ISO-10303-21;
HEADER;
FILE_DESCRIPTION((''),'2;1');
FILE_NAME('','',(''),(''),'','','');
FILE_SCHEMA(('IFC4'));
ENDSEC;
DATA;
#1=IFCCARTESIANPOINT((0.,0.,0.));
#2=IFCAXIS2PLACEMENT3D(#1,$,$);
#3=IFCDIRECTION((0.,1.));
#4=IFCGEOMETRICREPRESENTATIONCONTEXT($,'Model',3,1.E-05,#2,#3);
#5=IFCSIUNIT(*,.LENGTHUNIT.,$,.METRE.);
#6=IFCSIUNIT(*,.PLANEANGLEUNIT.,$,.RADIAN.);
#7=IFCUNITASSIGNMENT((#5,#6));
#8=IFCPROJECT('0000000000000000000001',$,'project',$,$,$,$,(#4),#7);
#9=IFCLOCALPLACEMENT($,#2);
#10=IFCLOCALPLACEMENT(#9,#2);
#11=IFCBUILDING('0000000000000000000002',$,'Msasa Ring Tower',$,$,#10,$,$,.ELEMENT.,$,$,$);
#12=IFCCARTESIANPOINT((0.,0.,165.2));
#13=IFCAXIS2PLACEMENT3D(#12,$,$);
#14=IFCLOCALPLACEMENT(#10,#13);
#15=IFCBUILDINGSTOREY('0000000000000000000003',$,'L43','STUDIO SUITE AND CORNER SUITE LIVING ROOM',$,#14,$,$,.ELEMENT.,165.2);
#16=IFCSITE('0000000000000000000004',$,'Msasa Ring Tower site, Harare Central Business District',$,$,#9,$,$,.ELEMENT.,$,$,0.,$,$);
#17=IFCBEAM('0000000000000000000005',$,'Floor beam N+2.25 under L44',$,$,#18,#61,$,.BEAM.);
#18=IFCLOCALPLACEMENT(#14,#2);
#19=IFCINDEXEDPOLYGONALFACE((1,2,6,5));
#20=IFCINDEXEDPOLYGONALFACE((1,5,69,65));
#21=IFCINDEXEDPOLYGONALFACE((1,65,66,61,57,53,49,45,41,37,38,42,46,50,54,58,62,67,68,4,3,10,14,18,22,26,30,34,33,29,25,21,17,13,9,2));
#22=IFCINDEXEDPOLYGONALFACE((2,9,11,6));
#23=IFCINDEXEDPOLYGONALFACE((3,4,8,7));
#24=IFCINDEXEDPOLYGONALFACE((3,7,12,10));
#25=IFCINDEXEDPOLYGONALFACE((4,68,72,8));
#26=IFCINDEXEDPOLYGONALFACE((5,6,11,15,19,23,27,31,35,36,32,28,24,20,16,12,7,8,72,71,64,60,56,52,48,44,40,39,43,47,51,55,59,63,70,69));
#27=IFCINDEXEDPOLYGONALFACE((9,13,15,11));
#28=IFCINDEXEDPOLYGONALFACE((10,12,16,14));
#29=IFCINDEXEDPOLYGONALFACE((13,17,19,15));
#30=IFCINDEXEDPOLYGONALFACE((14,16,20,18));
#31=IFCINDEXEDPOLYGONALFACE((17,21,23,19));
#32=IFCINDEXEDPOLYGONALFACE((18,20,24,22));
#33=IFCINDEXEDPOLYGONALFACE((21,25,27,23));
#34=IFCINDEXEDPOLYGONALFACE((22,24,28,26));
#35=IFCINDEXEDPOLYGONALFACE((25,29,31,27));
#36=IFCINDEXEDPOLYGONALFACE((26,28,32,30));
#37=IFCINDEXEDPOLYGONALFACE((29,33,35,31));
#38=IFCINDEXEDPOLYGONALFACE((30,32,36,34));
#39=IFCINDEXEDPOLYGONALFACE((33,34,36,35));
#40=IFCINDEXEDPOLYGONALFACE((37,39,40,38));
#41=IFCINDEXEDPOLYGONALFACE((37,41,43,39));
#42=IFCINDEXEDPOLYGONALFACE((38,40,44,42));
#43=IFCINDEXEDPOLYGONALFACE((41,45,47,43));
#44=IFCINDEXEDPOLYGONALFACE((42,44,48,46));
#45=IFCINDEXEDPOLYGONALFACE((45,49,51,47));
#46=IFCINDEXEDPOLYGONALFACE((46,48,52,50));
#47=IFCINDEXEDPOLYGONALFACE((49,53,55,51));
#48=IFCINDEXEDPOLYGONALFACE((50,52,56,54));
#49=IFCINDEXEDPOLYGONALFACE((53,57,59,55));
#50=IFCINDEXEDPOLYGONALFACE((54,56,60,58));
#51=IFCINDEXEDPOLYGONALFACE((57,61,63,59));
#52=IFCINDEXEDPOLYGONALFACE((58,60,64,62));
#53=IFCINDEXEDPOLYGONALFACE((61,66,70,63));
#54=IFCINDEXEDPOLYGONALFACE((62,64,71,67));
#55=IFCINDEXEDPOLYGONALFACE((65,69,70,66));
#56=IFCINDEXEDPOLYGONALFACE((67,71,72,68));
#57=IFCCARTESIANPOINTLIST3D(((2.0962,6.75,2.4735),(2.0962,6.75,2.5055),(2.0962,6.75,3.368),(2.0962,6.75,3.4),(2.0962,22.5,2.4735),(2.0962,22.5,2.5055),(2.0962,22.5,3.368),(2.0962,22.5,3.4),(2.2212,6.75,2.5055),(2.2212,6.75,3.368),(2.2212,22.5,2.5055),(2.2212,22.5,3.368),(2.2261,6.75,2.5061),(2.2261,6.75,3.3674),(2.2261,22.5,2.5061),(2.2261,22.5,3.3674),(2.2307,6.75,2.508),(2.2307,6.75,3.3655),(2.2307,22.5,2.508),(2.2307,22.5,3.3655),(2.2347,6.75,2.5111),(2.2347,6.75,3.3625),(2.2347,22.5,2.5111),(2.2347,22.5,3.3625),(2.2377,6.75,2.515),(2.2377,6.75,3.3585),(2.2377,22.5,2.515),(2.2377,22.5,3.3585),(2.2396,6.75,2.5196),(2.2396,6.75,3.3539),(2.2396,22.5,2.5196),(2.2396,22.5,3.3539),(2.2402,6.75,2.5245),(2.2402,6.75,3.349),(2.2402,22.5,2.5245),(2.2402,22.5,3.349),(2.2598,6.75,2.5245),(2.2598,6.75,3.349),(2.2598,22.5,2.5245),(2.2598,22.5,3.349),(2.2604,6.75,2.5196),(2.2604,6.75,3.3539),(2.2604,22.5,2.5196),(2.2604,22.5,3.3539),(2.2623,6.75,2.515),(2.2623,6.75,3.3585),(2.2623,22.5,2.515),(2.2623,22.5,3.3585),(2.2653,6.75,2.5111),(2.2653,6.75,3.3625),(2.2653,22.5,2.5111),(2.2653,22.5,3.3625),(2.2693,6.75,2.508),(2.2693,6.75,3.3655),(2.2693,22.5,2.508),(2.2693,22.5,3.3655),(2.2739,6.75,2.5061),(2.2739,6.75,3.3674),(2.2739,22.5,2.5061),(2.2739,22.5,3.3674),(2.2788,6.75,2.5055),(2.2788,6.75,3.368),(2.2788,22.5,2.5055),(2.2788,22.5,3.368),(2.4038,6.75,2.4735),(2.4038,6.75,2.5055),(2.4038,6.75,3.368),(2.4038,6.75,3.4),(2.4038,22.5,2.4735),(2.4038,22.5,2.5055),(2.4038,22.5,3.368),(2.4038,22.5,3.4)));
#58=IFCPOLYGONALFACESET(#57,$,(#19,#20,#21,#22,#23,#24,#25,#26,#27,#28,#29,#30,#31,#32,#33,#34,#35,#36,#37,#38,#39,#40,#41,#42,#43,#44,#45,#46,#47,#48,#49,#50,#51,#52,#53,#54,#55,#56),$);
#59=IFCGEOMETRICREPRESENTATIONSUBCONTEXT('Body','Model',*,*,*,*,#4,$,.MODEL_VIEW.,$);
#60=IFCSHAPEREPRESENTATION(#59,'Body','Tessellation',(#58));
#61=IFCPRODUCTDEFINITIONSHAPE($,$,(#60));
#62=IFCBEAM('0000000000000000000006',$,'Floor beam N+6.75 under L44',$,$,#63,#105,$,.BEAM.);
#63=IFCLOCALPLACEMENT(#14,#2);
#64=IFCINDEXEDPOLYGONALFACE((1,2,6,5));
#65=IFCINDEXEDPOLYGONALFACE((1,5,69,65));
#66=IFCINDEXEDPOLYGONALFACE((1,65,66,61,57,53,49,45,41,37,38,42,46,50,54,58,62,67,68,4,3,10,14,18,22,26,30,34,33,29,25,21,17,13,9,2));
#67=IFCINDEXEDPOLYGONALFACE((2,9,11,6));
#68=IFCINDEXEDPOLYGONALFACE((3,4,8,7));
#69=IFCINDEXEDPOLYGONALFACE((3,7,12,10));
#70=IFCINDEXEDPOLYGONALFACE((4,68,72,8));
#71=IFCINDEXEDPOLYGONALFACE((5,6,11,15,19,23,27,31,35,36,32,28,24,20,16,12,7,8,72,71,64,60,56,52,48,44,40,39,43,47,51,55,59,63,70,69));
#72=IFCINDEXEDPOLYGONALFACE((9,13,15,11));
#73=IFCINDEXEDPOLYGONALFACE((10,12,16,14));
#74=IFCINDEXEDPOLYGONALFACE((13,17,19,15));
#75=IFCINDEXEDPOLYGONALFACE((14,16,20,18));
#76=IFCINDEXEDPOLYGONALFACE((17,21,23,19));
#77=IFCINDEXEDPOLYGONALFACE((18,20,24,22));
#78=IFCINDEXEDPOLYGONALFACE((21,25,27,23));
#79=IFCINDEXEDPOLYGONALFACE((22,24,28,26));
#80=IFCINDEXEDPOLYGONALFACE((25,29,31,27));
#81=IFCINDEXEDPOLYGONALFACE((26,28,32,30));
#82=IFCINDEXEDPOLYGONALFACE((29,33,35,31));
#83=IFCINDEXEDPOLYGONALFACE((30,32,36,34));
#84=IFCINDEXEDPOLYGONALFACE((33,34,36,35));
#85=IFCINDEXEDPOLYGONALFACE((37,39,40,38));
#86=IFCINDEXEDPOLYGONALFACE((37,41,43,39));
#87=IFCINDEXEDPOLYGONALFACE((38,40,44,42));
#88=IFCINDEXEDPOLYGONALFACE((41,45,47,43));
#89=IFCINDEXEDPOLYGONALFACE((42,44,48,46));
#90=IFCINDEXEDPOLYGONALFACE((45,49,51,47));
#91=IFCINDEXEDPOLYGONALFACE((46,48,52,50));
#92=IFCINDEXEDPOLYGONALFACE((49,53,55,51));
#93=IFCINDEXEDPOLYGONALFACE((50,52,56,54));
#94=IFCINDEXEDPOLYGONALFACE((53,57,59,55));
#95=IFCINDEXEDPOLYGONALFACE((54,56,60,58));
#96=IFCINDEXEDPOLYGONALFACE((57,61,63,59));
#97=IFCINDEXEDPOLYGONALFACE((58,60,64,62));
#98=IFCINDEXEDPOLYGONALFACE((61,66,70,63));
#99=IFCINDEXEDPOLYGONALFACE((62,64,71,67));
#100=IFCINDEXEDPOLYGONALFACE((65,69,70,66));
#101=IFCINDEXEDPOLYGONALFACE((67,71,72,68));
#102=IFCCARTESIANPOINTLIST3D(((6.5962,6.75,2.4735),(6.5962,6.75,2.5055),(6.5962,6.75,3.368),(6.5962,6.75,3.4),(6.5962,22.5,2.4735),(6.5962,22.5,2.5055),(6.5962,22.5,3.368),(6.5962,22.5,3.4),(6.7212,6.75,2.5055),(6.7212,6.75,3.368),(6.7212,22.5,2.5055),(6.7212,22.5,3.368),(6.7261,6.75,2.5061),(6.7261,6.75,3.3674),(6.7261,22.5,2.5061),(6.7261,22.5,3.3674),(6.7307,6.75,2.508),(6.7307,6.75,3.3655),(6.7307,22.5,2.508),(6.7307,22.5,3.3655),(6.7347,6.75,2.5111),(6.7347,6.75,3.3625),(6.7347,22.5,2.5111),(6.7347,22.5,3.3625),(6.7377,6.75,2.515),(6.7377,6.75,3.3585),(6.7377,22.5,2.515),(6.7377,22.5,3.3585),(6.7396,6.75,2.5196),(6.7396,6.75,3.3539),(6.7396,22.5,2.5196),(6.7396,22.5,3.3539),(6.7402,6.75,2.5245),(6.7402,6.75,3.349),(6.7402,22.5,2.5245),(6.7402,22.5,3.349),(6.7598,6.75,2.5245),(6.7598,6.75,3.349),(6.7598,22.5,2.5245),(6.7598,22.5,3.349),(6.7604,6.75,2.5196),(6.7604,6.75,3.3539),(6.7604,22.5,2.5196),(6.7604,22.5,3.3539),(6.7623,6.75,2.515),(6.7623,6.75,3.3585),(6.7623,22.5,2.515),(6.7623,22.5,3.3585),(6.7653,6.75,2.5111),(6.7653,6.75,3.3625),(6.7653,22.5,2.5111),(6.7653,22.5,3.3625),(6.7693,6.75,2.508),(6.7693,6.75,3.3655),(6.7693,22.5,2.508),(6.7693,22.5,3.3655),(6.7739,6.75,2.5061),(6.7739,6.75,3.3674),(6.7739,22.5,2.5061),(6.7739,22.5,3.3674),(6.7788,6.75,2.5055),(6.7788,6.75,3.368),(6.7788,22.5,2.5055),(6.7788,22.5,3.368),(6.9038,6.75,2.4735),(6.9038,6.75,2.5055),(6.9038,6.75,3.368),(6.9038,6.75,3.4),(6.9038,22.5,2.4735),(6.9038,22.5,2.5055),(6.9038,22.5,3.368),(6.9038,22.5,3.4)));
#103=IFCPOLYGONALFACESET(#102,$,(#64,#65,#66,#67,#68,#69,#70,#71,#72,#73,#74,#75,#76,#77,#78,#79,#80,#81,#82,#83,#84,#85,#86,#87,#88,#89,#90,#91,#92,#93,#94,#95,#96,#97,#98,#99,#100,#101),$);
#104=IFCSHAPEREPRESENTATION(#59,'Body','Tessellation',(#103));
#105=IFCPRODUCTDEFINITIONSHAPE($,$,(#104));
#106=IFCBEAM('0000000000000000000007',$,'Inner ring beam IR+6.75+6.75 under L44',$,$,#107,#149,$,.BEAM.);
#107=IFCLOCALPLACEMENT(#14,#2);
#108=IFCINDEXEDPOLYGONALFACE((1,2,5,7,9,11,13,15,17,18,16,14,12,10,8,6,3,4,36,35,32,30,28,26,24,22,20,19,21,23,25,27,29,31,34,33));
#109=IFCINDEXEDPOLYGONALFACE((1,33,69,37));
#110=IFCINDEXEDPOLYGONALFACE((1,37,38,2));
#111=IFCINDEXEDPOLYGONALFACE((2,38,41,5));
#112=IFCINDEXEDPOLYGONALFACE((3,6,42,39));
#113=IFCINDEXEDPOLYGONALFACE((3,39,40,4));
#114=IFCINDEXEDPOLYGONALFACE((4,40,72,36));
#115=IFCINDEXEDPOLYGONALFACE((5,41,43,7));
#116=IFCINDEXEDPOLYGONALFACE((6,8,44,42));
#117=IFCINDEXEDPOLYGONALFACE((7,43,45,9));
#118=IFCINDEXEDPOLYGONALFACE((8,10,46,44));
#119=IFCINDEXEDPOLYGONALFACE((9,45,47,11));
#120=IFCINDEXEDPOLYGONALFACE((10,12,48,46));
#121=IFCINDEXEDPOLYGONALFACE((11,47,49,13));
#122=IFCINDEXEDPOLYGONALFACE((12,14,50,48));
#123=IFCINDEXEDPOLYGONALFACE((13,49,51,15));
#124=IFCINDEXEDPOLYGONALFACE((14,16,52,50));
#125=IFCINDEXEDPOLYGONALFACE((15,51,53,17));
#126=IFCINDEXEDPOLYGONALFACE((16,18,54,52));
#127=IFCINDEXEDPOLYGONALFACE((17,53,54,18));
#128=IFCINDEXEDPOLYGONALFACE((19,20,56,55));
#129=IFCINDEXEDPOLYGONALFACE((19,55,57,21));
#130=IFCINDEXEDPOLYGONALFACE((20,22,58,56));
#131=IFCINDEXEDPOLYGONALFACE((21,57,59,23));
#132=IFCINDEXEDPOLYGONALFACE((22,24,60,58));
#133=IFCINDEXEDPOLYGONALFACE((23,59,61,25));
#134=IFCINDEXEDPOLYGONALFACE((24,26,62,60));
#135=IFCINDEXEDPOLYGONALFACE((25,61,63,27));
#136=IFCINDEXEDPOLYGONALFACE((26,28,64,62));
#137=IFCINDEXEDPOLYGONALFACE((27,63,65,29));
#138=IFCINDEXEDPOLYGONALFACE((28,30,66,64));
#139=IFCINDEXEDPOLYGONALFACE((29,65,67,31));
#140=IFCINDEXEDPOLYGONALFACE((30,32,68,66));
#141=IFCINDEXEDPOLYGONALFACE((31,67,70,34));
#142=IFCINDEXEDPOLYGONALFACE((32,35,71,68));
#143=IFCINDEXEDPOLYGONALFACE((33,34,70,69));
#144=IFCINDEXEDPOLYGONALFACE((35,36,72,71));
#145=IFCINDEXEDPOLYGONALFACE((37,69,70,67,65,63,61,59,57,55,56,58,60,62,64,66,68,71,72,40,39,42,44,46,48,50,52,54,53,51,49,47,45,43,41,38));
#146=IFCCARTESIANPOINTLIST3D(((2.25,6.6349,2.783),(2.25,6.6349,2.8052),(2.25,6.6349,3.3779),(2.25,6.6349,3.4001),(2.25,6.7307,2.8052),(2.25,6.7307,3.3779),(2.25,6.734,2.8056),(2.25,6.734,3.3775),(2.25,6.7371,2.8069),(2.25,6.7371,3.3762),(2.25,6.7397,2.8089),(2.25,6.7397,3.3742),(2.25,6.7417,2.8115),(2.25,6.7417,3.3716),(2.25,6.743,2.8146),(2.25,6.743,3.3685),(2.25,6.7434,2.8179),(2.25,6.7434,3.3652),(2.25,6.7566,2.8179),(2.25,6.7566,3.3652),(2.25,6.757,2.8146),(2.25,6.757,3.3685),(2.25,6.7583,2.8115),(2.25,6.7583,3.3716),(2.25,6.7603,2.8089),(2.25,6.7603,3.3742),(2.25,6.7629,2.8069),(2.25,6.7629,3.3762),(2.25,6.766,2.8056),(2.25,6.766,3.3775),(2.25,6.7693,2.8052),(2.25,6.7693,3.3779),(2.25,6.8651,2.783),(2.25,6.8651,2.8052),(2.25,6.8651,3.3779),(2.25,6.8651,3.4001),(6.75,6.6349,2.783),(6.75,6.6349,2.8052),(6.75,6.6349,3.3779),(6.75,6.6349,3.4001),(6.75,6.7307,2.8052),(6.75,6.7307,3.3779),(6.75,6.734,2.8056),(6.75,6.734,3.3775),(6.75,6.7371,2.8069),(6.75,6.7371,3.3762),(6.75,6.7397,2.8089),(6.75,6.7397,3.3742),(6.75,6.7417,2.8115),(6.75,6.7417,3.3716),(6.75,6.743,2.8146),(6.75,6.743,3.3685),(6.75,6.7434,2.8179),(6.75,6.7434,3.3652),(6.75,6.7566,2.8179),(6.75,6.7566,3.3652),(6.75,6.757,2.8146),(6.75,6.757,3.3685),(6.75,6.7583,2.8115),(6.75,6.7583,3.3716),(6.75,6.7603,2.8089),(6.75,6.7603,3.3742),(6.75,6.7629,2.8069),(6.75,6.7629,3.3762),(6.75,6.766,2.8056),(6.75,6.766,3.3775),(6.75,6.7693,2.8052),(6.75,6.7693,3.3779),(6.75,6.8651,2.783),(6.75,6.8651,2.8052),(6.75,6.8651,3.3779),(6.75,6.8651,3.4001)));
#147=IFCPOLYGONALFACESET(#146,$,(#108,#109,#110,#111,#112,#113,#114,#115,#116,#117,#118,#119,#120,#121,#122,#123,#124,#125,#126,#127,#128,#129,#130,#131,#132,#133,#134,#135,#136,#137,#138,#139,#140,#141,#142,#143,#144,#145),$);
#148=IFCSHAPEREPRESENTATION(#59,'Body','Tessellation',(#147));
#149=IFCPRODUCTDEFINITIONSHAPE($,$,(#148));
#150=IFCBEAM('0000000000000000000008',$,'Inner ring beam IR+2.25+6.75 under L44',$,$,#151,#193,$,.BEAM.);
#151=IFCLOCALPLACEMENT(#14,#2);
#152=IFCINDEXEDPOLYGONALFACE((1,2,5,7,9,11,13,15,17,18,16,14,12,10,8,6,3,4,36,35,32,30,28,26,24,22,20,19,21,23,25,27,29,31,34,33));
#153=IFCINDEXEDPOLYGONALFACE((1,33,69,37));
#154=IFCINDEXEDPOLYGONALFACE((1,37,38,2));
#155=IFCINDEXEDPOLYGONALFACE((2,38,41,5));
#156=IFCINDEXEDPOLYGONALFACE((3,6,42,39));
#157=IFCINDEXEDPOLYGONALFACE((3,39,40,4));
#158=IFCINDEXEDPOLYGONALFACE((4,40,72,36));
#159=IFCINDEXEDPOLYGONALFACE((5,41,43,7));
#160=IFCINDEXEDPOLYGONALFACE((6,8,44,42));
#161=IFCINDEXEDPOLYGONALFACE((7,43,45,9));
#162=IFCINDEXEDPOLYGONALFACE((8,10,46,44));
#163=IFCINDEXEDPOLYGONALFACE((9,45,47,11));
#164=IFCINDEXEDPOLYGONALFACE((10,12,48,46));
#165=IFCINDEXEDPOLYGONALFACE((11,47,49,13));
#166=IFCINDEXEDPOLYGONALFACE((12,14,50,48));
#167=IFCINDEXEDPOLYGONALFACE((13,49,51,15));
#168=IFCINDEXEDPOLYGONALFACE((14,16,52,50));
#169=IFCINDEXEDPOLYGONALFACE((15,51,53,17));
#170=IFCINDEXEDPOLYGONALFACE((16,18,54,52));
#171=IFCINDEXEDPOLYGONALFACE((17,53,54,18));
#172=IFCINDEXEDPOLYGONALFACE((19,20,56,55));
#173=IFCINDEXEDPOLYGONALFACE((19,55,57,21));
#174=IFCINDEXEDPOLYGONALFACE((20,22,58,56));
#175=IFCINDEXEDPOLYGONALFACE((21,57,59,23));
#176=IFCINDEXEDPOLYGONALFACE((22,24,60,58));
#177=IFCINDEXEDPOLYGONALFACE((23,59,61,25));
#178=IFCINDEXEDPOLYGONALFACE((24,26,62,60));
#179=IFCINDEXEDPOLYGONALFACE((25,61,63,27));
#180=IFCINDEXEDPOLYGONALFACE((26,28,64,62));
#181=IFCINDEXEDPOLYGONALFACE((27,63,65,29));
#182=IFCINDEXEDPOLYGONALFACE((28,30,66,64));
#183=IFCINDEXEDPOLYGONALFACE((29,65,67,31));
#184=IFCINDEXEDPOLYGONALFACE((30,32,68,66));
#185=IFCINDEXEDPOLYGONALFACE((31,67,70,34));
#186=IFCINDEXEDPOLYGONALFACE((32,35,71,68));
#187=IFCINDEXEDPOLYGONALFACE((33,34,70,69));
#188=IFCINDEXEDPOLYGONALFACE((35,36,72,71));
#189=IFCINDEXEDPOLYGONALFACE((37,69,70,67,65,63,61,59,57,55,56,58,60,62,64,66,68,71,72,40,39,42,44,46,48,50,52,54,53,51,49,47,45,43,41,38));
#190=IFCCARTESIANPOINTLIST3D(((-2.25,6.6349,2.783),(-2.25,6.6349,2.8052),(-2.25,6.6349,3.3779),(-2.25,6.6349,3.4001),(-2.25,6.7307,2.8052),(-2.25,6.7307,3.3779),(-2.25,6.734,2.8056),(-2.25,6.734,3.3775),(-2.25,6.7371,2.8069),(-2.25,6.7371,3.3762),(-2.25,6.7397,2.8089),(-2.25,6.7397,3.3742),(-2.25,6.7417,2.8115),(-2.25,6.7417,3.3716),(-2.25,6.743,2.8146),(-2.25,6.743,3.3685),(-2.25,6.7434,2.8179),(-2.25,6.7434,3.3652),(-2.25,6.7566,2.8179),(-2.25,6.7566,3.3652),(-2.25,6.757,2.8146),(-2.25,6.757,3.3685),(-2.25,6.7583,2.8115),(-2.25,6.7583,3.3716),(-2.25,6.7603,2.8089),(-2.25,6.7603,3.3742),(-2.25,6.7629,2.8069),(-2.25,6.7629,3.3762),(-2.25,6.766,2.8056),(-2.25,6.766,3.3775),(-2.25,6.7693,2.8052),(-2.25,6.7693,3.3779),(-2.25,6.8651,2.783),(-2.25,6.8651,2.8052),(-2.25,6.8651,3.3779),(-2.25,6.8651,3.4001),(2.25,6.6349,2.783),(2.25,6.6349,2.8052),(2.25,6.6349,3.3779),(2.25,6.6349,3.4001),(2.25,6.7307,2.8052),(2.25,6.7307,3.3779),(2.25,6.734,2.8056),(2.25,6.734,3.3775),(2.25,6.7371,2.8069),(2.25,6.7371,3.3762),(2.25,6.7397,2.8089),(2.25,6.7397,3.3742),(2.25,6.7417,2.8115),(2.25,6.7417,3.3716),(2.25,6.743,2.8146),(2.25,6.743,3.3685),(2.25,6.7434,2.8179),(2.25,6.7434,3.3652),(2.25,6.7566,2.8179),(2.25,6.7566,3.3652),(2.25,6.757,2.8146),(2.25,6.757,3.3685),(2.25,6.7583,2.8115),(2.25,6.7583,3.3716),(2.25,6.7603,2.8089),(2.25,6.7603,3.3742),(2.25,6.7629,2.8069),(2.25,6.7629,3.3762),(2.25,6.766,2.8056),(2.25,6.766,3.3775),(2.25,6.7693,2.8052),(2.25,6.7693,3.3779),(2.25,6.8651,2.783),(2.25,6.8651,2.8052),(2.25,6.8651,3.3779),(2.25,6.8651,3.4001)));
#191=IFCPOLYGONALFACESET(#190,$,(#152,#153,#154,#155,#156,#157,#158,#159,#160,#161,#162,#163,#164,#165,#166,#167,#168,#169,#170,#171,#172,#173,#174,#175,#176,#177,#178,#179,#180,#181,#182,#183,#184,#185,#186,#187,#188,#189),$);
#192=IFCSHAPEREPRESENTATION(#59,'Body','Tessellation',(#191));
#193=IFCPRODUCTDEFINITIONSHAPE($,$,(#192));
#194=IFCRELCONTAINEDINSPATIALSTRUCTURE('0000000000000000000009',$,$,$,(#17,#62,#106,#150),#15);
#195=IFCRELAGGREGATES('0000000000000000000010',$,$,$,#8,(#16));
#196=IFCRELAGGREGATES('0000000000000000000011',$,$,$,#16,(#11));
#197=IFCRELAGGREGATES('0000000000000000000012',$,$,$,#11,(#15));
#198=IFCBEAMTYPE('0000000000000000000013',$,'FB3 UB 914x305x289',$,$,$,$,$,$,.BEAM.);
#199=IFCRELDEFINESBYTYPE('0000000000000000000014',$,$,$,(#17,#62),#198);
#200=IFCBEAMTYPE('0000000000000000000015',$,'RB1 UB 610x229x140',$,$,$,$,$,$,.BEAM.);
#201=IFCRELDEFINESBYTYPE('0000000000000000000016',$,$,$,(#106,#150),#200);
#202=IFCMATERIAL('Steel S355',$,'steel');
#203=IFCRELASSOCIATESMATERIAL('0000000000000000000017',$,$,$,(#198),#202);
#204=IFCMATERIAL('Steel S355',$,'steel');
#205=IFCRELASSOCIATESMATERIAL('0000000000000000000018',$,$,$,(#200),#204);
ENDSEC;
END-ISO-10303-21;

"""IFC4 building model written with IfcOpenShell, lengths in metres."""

from ifc_helpers import new_model, si_unit, direction, frame, origin, origin_2d, place, context, subcontext, project, spatial, i_section, extrude, material, material_profile, profile_set, type_object, element, save


model = new_model("IFC4")

# Units and contexts
model_context = context("Model", 3, precision=1e-05, world=origin(), true_north=direction((0.0, 1.0)))
body_context = subcontext(model_context, "Body", "Model", "MODEL_VIEW")
ifc_project = project(units=[si_unit("LENGTHUNIT", "METRE"), si_unit("PLANEANGLEUNIT", "RADIAN")], contexts=[model_context])

# Site, building, storey
site_placement = place(None, origin())
site = spatial("IfcSite", under=ifc_project, at=site_placement, Name="Msasa Ring Tower site, Harare Central Business District", CompositionType="ELEMENT", RefElevation=0.0)
building_placement = place(site_placement, origin())
building = spatial("IfcBuilding", under=site, at=building_placement, Name="Msasa Ring Tower", CompositionType="ELEMENT")
storey_placement = place(building_placement, frame((0.0, 0.0, 165.2)))
storey = spatial("IfcBuildingStorey", under=building, at=storey_placement, Name="L43", Description="STUDIO SUITE AND CORNER SUITE LIVING ROOM", CompositionType="ELEMENT", Elevation=165.2)

# Beams
ifc_material_1 = material(Name="Steel S355", Category="steel")
ifc_material_profile_1 = material_profile(ifc_material_1, i_section(OverallWidth=0.3076, OverallDepth=0.9265, WebThickness=0.0195, FlangeThickness=0.032, FilletRadius=0.019, at=origin_2d()), Name="UB 914x305x289")
ifc_profile_set_1 = profile_set([ifc_material_profile_1], Name="Steel S355")
beam_type_1 = type_object("IfcBeamType", Name="FB3 UB 914x305x289", PredefinedType="BEAM", material=ifc_profile_set_1)
for number, where, z_axis, x_axis, name in (
    (1, (2.25, 22.5, 2.9368), (0.0, -1.0, 0.0), (1.0, 0.0, 0.0), "Floor beam N+2.25 under L44"),
    (2, (6.75, 22.5, 2.9368), (0.0, -1.0, 0.0), (1.0, 0.0, 0.0), "Floor beam N+6.75 under L44"),
):
    element("IfcBeam", number, at=place(storey_placement, frame(where, z_axis=z_axis, x_axis=x_axis)), inside=storey, type_object=beam_type_1, Name=name, PredefinedType="BEAM", context=body_context, shape_type="SweptSolid", body=[
        extrude(i_section(OverallWidth=0.3076, OverallDepth=0.9265, WebThickness=0.0195, FlangeThickness=0.032, FilletRadius=0.019, at=origin_2d()), origin(), (0.0, 0.0, 1.0), 15.75),
    ])
ifc_material_2 = material(Name="Steel S355", Category="steel")
ifc_material_profile_2 = material_profile(ifc_material_2, i_section(OverallWidth=0.2302, OverallDepth=0.6172, WebThickness=0.0132, FlangeThickness=0.0222, FilletRadius=0.0127, at=origin_2d()), Name="UB 610x229x140")
ifc_profile_set_2 = profile_set([ifc_material_profile_2], Name="Steel S355")
beam_type_2 = type_object("IfcBeamType", Name="RB1 UB 610x229x140", PredefinedType="BEAM", material=ifc_profile_set_2)
for number, where, z_axis, x_axis, name in (
    (3, (6.75, 6.75, 3.0916), (-1.0, 0.0, 0.0), (0.0, -1.0, 0.0), "Inner ring beam IR+6.75+6.75 under L44"),
    (4, (2.25, 6.75, 3.0916), (-1.0, 0.0, 0.0), (0.0, -1.0, 0.0), "Inner ring beam IR+2.25+6.75 under L44"),
):
    element("IfcBeam", number, at=place(storey_placement, frame(where, z_axis=z_axis, x_axis=x_axis)), inside=storey, type_object=beam_type_2, Name=name, PredefinedType="BEAM", context=body_context, shape_type="SweptSolid", body=[
        extrude(i_section(OverallWidth=0.2302, OverallDepth=0.6172, WebThickness=0.0132, FlangeThickness=0.0222, FilletRadius=0.0127, at=origin_2d()), origin(), (0.0, 0.0, 1.0), 4.5),
    ])

save(model, "model.ifc")
